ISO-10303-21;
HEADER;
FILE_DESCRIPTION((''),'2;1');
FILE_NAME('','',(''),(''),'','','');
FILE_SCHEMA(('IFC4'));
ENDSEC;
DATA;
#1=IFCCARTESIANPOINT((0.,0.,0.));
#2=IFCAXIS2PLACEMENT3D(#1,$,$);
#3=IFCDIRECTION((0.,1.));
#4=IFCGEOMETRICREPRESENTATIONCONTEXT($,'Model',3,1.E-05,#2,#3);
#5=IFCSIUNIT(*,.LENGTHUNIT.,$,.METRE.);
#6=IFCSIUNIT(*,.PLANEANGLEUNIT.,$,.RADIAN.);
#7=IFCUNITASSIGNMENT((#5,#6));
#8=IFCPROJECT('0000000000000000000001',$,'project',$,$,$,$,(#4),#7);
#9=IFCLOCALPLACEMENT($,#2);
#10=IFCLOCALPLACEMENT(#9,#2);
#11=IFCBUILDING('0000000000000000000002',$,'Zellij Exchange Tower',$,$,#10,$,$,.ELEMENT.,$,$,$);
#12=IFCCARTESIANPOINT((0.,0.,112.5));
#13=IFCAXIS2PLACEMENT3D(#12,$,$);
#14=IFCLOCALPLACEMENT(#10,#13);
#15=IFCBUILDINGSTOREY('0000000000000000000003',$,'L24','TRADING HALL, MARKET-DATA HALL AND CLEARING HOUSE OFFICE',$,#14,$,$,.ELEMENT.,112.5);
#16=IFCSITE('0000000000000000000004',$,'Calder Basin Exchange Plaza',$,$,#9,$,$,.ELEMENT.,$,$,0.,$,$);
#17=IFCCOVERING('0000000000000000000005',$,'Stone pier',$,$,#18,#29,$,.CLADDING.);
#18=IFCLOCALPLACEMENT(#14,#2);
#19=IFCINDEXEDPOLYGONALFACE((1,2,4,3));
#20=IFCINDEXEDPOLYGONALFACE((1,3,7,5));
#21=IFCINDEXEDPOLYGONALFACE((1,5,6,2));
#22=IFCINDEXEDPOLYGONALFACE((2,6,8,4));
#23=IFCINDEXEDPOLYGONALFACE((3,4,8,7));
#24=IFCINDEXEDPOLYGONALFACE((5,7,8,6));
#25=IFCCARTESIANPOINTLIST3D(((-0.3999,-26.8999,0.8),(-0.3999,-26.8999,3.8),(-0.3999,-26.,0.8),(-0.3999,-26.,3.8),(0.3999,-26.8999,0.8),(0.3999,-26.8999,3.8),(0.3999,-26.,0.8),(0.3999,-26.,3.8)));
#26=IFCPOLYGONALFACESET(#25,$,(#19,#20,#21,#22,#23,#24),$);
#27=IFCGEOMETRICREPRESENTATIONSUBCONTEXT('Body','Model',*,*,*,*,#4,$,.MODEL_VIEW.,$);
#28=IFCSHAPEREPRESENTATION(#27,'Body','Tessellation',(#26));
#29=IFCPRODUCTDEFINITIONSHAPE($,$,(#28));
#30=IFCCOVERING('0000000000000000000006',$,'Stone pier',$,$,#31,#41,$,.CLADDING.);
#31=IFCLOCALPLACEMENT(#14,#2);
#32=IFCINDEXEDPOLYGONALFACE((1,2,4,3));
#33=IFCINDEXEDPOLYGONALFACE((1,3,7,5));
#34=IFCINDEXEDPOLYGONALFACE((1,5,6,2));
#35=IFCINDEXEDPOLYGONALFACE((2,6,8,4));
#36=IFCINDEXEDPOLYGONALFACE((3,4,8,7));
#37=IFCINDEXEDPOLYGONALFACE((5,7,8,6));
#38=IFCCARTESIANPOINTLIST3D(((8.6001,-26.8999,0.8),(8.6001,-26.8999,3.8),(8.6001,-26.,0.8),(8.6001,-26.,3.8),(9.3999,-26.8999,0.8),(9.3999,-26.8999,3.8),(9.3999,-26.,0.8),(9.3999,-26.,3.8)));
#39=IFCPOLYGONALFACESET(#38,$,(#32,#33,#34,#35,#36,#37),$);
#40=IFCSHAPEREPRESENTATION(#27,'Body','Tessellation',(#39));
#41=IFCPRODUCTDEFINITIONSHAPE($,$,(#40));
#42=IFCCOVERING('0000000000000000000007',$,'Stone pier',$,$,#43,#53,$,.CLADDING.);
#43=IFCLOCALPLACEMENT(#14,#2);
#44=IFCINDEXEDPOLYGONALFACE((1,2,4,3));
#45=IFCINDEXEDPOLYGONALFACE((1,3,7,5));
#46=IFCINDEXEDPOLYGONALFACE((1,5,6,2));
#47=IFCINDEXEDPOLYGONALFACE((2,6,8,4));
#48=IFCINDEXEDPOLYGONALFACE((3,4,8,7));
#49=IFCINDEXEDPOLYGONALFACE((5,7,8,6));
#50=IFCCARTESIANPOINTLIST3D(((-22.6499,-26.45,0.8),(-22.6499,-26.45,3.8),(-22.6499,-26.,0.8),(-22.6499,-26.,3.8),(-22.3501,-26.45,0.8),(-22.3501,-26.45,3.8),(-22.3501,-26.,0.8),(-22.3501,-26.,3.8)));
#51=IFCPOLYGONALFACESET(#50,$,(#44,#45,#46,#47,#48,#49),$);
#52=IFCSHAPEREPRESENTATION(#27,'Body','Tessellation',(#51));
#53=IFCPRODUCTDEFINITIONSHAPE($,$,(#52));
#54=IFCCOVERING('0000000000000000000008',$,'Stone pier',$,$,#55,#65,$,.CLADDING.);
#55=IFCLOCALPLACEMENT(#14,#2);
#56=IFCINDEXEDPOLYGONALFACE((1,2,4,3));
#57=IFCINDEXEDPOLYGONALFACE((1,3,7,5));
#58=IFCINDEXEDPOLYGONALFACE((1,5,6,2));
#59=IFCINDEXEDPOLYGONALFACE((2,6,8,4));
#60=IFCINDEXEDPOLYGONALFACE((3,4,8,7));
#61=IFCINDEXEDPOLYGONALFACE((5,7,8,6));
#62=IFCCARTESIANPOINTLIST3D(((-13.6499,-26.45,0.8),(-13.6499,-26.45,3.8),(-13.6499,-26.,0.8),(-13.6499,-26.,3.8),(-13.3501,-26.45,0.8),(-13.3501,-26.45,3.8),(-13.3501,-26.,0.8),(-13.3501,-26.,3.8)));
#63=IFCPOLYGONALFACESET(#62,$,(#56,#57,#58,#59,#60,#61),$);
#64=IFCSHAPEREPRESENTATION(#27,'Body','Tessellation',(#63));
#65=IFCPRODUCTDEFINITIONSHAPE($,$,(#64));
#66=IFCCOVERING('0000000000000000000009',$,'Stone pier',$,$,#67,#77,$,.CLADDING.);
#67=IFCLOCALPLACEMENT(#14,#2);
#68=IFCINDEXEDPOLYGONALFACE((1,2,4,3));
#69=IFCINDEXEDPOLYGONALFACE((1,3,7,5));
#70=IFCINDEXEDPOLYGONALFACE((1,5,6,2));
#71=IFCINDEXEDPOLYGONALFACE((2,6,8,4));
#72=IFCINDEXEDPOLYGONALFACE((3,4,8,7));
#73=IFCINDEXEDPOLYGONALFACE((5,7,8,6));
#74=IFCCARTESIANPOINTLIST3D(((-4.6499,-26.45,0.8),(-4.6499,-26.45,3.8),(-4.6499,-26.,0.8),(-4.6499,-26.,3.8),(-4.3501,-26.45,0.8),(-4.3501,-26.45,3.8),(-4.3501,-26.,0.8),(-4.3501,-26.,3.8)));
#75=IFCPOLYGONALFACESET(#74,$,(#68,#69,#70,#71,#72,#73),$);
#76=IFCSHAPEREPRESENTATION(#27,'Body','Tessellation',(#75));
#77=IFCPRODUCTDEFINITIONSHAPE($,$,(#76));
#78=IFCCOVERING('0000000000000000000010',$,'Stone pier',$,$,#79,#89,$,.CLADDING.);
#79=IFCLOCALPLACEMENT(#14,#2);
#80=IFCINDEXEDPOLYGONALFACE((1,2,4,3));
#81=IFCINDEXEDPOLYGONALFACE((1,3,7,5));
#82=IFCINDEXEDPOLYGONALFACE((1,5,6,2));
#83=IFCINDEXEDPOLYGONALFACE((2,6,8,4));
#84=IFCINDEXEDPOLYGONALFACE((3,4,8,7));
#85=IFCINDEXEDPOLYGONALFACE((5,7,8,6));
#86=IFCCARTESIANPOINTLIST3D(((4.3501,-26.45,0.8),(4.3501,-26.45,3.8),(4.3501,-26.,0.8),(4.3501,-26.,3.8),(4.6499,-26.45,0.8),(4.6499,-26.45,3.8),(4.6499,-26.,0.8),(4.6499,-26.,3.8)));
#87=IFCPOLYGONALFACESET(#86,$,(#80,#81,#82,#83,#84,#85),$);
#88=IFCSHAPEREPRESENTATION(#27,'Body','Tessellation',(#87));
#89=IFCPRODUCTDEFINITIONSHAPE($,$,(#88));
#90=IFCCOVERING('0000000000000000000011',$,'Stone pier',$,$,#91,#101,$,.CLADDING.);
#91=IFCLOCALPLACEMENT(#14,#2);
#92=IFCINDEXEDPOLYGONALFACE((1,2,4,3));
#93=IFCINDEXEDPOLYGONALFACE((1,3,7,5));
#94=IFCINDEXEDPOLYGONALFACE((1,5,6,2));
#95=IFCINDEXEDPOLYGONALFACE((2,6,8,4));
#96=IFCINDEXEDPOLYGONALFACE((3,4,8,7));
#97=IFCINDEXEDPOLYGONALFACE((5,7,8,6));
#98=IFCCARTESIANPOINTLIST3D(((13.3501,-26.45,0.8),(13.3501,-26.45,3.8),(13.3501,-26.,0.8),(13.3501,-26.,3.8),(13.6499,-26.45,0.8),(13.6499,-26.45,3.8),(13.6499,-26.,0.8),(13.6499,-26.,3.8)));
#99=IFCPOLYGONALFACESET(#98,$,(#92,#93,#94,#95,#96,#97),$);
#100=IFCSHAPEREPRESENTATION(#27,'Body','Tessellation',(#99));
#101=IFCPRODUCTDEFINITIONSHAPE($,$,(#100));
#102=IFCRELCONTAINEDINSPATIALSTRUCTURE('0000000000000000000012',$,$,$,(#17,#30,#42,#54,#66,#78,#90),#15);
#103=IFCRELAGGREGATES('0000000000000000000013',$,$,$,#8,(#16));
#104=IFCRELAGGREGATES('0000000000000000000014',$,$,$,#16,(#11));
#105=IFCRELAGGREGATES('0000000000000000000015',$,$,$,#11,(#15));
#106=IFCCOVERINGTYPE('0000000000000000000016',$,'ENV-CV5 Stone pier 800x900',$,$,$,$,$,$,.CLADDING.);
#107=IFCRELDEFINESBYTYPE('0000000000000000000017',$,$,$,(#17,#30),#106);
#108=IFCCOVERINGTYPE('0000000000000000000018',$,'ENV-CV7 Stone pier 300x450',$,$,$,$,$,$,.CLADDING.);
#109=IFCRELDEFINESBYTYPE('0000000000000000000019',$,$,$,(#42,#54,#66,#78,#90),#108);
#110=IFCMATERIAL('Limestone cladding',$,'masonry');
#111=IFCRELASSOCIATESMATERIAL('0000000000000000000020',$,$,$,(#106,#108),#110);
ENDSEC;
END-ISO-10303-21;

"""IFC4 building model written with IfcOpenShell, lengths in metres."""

from ifc_helpers import new_model, si_unit, direction, frame, origin, place, context, subcontext, project, spatial, polyline, outline, extrude, material, type_object, element, save


model = new_model("IFC4")

# Units and contexts
model_context = context("Model", 3, precision=1e-05, world=origin(), true_north=direction((0.0, 1.0)))
body_context = subcontext(model_context, "Body", "Model", "MODEL_VIEW")
ifc_project = project(units=[si_unit("LENGTHUNIT", "METRE"), si_unit("PLANEANGLEUNIT", "RADIAN")], contexts=[model_context])

# Site, building, storey
site_placement = place(None, origin())
site = spatial("IfcSite", under=ifc_project, at=site_placement, Name="Calder Basin Exchange Plaza", CompositionType="ELEMENT", RefElevation=0.0)
building_placement = place(site_placement, origin())
building = spatial("IfcBuilding", under=site, at=building_placement, Name="Zellij Exchange Tower", CompositionType="ELEMENT")
storey_placement = place(building_placement, frame((0.0, 0.0, 112.5)))
storey = spatial("IfcBuildingStorey", under=building, at=storey_placement, Name="L24", Description="TRADING HALL, MARKET-DATA HALL AND CLEARING HOUSE OFFICE", CompositionType="ELEMENT", Elevation=112.5)

# Coverings
ifc_material_1 = material(Name="Limestone cladding", Category="masonry")
covering_type_1 = type_object("IfcCoveringType", Name="ENV-CV5 Stone pier 800x900", PredefinedType="CLADDING", material=ifc_material_1)
covering_1_placement = place(storey_placement, frame((0.0, 0.0, 0.8)))
element("IfcCovering", 1, at=covering_1_placement, inside=storey, type_object=covering_type_1, Name="Stone pier", PredefinedType="CLADDING", context=body_context, shape_type="SweptSolid", body=[
    extrude(outline(polyline([(-0.3999, -26.0), (0.3999, -26.0), (0.3999, -26.8999), (-0.3999, -26.8999), (-0.3999, -26.0)])), origin(), (0.0, 0.0, 1.0), 3.0),
])
covering_2_placement = place(storey_placement, frame((0.0, 0.0, 0.8)))
element("IfcCovering", 2, at=covering_2_placement, inside=storey, type_object=covering_type_1, Name="Stone pier", PredefinedType="CLADDING", context=body_context, shape_type="SweptSolid", body=[
    extrude(outline(polyline([(8.6001, -26.0), (9.3999, -26.0), (9.3999, -26.8999), (8.6001, -26.8999), (8.6001, -26.0)])), origin(), (0.0, 0.0, 1.0), 3.0),
])
covering_type_2 = type_object("IfcCoveringType", Name="ENV-CV7 Stone pier 300x450", PredefinedType="CLADDING", material=ifc_material_1)
covering_3_placement = place(storey_placement, frame((0.0, 0.0, 0.8)))
element("IfcCovering", 3, at=covering_3_placement, inside=storey, type_object=covering_type_2, Name="Stone pier", PredefinedType="CLADDING", context=body_context, shape_type="SweptSolid", body=[
    extrude(outline(polyline([(-22.6499, -26.0), (-22.3501, -26.0), (-22.3501, -26.45), (-22.6499, -26.45), (-22.6499, -26.0)])), origin(), (0.0, 0.0, 1.0), 3.0),
])
covering_4_placement = place(storey_placement, frame((0.0, 0.0, 0.8)))
element("IfcCovering", 4, at=covering_4_placement, inside=storey, type_object=covering_type_2, Name="Stone pier", PredefinedType="CLADDING", context=body_context, shape_type="SweptSolid", body=[
    extrude(outline(polyline([(-13.6499, -26.0), (-13.3501, -26.0), (-13.3501, -26.45), (-13.6499, -26.45), (-13.6499, -26.0)])), origin(), (0.0, 0.0, 1.0), 3.0),
])
covering_5_placement = place(storey_placement, frame((0.0, 0.0, 0.8)))
element("IfcCovering", 5, at=covering_5_placement, inside=storey, type_object=covering_type_2, Name="Stone pier", PredefinedType="CLADDING", context=body_context, shape_type="SweptSolid", body=[
    extrude(outline(polyline([(-4.6499, -26.0), (-4.3501, -26.0), (-4.3501, -26.45), (-4.6499, -26.45), (-4.6499, -26.0)])), origin(), (0.0, 0.0, 1.0), 3.0),
])
covering_6_placement = place(storey_placement, frame((0.0, 0.0, 0.8)))
element("IfcCovering", 6, at=covering_6_placement, inside=storey, type_object=covering_type_2, Name="Stone pier", PredefinedType="CLADDING", context=body_context, shape_type="SweptSolid", body=[
    extrude(outline(polyline([(4.3501, -26.0), (4.6499, -26.0), (4.6499, -26.45), (4.3501, -26.45), (4.3501, -26.0)])), origin(), (0.0, 0.0, 1.0), 3.0),
])
covering_7_placement = place(storey_placement, frame((0.0, 0.0, 0.8)))
element("IfcCovering", 7, at=covering_7_placement, inside=storey, type_object=covering_type_2, Name="Stone pier", PredefinedType="CLADDING", context=body_context, shape_type="SweptSolid", body=[
    extrude(outline(polyline([(13.3501, -26.0), (13.6499, -26.0), (13.6499, -26.45), (13.3501, -26.45), (13.3501, -26.0)])), origin(), (0.0, 0.0, 1.0), 3.0),
])

save(model, "model.ifc")
